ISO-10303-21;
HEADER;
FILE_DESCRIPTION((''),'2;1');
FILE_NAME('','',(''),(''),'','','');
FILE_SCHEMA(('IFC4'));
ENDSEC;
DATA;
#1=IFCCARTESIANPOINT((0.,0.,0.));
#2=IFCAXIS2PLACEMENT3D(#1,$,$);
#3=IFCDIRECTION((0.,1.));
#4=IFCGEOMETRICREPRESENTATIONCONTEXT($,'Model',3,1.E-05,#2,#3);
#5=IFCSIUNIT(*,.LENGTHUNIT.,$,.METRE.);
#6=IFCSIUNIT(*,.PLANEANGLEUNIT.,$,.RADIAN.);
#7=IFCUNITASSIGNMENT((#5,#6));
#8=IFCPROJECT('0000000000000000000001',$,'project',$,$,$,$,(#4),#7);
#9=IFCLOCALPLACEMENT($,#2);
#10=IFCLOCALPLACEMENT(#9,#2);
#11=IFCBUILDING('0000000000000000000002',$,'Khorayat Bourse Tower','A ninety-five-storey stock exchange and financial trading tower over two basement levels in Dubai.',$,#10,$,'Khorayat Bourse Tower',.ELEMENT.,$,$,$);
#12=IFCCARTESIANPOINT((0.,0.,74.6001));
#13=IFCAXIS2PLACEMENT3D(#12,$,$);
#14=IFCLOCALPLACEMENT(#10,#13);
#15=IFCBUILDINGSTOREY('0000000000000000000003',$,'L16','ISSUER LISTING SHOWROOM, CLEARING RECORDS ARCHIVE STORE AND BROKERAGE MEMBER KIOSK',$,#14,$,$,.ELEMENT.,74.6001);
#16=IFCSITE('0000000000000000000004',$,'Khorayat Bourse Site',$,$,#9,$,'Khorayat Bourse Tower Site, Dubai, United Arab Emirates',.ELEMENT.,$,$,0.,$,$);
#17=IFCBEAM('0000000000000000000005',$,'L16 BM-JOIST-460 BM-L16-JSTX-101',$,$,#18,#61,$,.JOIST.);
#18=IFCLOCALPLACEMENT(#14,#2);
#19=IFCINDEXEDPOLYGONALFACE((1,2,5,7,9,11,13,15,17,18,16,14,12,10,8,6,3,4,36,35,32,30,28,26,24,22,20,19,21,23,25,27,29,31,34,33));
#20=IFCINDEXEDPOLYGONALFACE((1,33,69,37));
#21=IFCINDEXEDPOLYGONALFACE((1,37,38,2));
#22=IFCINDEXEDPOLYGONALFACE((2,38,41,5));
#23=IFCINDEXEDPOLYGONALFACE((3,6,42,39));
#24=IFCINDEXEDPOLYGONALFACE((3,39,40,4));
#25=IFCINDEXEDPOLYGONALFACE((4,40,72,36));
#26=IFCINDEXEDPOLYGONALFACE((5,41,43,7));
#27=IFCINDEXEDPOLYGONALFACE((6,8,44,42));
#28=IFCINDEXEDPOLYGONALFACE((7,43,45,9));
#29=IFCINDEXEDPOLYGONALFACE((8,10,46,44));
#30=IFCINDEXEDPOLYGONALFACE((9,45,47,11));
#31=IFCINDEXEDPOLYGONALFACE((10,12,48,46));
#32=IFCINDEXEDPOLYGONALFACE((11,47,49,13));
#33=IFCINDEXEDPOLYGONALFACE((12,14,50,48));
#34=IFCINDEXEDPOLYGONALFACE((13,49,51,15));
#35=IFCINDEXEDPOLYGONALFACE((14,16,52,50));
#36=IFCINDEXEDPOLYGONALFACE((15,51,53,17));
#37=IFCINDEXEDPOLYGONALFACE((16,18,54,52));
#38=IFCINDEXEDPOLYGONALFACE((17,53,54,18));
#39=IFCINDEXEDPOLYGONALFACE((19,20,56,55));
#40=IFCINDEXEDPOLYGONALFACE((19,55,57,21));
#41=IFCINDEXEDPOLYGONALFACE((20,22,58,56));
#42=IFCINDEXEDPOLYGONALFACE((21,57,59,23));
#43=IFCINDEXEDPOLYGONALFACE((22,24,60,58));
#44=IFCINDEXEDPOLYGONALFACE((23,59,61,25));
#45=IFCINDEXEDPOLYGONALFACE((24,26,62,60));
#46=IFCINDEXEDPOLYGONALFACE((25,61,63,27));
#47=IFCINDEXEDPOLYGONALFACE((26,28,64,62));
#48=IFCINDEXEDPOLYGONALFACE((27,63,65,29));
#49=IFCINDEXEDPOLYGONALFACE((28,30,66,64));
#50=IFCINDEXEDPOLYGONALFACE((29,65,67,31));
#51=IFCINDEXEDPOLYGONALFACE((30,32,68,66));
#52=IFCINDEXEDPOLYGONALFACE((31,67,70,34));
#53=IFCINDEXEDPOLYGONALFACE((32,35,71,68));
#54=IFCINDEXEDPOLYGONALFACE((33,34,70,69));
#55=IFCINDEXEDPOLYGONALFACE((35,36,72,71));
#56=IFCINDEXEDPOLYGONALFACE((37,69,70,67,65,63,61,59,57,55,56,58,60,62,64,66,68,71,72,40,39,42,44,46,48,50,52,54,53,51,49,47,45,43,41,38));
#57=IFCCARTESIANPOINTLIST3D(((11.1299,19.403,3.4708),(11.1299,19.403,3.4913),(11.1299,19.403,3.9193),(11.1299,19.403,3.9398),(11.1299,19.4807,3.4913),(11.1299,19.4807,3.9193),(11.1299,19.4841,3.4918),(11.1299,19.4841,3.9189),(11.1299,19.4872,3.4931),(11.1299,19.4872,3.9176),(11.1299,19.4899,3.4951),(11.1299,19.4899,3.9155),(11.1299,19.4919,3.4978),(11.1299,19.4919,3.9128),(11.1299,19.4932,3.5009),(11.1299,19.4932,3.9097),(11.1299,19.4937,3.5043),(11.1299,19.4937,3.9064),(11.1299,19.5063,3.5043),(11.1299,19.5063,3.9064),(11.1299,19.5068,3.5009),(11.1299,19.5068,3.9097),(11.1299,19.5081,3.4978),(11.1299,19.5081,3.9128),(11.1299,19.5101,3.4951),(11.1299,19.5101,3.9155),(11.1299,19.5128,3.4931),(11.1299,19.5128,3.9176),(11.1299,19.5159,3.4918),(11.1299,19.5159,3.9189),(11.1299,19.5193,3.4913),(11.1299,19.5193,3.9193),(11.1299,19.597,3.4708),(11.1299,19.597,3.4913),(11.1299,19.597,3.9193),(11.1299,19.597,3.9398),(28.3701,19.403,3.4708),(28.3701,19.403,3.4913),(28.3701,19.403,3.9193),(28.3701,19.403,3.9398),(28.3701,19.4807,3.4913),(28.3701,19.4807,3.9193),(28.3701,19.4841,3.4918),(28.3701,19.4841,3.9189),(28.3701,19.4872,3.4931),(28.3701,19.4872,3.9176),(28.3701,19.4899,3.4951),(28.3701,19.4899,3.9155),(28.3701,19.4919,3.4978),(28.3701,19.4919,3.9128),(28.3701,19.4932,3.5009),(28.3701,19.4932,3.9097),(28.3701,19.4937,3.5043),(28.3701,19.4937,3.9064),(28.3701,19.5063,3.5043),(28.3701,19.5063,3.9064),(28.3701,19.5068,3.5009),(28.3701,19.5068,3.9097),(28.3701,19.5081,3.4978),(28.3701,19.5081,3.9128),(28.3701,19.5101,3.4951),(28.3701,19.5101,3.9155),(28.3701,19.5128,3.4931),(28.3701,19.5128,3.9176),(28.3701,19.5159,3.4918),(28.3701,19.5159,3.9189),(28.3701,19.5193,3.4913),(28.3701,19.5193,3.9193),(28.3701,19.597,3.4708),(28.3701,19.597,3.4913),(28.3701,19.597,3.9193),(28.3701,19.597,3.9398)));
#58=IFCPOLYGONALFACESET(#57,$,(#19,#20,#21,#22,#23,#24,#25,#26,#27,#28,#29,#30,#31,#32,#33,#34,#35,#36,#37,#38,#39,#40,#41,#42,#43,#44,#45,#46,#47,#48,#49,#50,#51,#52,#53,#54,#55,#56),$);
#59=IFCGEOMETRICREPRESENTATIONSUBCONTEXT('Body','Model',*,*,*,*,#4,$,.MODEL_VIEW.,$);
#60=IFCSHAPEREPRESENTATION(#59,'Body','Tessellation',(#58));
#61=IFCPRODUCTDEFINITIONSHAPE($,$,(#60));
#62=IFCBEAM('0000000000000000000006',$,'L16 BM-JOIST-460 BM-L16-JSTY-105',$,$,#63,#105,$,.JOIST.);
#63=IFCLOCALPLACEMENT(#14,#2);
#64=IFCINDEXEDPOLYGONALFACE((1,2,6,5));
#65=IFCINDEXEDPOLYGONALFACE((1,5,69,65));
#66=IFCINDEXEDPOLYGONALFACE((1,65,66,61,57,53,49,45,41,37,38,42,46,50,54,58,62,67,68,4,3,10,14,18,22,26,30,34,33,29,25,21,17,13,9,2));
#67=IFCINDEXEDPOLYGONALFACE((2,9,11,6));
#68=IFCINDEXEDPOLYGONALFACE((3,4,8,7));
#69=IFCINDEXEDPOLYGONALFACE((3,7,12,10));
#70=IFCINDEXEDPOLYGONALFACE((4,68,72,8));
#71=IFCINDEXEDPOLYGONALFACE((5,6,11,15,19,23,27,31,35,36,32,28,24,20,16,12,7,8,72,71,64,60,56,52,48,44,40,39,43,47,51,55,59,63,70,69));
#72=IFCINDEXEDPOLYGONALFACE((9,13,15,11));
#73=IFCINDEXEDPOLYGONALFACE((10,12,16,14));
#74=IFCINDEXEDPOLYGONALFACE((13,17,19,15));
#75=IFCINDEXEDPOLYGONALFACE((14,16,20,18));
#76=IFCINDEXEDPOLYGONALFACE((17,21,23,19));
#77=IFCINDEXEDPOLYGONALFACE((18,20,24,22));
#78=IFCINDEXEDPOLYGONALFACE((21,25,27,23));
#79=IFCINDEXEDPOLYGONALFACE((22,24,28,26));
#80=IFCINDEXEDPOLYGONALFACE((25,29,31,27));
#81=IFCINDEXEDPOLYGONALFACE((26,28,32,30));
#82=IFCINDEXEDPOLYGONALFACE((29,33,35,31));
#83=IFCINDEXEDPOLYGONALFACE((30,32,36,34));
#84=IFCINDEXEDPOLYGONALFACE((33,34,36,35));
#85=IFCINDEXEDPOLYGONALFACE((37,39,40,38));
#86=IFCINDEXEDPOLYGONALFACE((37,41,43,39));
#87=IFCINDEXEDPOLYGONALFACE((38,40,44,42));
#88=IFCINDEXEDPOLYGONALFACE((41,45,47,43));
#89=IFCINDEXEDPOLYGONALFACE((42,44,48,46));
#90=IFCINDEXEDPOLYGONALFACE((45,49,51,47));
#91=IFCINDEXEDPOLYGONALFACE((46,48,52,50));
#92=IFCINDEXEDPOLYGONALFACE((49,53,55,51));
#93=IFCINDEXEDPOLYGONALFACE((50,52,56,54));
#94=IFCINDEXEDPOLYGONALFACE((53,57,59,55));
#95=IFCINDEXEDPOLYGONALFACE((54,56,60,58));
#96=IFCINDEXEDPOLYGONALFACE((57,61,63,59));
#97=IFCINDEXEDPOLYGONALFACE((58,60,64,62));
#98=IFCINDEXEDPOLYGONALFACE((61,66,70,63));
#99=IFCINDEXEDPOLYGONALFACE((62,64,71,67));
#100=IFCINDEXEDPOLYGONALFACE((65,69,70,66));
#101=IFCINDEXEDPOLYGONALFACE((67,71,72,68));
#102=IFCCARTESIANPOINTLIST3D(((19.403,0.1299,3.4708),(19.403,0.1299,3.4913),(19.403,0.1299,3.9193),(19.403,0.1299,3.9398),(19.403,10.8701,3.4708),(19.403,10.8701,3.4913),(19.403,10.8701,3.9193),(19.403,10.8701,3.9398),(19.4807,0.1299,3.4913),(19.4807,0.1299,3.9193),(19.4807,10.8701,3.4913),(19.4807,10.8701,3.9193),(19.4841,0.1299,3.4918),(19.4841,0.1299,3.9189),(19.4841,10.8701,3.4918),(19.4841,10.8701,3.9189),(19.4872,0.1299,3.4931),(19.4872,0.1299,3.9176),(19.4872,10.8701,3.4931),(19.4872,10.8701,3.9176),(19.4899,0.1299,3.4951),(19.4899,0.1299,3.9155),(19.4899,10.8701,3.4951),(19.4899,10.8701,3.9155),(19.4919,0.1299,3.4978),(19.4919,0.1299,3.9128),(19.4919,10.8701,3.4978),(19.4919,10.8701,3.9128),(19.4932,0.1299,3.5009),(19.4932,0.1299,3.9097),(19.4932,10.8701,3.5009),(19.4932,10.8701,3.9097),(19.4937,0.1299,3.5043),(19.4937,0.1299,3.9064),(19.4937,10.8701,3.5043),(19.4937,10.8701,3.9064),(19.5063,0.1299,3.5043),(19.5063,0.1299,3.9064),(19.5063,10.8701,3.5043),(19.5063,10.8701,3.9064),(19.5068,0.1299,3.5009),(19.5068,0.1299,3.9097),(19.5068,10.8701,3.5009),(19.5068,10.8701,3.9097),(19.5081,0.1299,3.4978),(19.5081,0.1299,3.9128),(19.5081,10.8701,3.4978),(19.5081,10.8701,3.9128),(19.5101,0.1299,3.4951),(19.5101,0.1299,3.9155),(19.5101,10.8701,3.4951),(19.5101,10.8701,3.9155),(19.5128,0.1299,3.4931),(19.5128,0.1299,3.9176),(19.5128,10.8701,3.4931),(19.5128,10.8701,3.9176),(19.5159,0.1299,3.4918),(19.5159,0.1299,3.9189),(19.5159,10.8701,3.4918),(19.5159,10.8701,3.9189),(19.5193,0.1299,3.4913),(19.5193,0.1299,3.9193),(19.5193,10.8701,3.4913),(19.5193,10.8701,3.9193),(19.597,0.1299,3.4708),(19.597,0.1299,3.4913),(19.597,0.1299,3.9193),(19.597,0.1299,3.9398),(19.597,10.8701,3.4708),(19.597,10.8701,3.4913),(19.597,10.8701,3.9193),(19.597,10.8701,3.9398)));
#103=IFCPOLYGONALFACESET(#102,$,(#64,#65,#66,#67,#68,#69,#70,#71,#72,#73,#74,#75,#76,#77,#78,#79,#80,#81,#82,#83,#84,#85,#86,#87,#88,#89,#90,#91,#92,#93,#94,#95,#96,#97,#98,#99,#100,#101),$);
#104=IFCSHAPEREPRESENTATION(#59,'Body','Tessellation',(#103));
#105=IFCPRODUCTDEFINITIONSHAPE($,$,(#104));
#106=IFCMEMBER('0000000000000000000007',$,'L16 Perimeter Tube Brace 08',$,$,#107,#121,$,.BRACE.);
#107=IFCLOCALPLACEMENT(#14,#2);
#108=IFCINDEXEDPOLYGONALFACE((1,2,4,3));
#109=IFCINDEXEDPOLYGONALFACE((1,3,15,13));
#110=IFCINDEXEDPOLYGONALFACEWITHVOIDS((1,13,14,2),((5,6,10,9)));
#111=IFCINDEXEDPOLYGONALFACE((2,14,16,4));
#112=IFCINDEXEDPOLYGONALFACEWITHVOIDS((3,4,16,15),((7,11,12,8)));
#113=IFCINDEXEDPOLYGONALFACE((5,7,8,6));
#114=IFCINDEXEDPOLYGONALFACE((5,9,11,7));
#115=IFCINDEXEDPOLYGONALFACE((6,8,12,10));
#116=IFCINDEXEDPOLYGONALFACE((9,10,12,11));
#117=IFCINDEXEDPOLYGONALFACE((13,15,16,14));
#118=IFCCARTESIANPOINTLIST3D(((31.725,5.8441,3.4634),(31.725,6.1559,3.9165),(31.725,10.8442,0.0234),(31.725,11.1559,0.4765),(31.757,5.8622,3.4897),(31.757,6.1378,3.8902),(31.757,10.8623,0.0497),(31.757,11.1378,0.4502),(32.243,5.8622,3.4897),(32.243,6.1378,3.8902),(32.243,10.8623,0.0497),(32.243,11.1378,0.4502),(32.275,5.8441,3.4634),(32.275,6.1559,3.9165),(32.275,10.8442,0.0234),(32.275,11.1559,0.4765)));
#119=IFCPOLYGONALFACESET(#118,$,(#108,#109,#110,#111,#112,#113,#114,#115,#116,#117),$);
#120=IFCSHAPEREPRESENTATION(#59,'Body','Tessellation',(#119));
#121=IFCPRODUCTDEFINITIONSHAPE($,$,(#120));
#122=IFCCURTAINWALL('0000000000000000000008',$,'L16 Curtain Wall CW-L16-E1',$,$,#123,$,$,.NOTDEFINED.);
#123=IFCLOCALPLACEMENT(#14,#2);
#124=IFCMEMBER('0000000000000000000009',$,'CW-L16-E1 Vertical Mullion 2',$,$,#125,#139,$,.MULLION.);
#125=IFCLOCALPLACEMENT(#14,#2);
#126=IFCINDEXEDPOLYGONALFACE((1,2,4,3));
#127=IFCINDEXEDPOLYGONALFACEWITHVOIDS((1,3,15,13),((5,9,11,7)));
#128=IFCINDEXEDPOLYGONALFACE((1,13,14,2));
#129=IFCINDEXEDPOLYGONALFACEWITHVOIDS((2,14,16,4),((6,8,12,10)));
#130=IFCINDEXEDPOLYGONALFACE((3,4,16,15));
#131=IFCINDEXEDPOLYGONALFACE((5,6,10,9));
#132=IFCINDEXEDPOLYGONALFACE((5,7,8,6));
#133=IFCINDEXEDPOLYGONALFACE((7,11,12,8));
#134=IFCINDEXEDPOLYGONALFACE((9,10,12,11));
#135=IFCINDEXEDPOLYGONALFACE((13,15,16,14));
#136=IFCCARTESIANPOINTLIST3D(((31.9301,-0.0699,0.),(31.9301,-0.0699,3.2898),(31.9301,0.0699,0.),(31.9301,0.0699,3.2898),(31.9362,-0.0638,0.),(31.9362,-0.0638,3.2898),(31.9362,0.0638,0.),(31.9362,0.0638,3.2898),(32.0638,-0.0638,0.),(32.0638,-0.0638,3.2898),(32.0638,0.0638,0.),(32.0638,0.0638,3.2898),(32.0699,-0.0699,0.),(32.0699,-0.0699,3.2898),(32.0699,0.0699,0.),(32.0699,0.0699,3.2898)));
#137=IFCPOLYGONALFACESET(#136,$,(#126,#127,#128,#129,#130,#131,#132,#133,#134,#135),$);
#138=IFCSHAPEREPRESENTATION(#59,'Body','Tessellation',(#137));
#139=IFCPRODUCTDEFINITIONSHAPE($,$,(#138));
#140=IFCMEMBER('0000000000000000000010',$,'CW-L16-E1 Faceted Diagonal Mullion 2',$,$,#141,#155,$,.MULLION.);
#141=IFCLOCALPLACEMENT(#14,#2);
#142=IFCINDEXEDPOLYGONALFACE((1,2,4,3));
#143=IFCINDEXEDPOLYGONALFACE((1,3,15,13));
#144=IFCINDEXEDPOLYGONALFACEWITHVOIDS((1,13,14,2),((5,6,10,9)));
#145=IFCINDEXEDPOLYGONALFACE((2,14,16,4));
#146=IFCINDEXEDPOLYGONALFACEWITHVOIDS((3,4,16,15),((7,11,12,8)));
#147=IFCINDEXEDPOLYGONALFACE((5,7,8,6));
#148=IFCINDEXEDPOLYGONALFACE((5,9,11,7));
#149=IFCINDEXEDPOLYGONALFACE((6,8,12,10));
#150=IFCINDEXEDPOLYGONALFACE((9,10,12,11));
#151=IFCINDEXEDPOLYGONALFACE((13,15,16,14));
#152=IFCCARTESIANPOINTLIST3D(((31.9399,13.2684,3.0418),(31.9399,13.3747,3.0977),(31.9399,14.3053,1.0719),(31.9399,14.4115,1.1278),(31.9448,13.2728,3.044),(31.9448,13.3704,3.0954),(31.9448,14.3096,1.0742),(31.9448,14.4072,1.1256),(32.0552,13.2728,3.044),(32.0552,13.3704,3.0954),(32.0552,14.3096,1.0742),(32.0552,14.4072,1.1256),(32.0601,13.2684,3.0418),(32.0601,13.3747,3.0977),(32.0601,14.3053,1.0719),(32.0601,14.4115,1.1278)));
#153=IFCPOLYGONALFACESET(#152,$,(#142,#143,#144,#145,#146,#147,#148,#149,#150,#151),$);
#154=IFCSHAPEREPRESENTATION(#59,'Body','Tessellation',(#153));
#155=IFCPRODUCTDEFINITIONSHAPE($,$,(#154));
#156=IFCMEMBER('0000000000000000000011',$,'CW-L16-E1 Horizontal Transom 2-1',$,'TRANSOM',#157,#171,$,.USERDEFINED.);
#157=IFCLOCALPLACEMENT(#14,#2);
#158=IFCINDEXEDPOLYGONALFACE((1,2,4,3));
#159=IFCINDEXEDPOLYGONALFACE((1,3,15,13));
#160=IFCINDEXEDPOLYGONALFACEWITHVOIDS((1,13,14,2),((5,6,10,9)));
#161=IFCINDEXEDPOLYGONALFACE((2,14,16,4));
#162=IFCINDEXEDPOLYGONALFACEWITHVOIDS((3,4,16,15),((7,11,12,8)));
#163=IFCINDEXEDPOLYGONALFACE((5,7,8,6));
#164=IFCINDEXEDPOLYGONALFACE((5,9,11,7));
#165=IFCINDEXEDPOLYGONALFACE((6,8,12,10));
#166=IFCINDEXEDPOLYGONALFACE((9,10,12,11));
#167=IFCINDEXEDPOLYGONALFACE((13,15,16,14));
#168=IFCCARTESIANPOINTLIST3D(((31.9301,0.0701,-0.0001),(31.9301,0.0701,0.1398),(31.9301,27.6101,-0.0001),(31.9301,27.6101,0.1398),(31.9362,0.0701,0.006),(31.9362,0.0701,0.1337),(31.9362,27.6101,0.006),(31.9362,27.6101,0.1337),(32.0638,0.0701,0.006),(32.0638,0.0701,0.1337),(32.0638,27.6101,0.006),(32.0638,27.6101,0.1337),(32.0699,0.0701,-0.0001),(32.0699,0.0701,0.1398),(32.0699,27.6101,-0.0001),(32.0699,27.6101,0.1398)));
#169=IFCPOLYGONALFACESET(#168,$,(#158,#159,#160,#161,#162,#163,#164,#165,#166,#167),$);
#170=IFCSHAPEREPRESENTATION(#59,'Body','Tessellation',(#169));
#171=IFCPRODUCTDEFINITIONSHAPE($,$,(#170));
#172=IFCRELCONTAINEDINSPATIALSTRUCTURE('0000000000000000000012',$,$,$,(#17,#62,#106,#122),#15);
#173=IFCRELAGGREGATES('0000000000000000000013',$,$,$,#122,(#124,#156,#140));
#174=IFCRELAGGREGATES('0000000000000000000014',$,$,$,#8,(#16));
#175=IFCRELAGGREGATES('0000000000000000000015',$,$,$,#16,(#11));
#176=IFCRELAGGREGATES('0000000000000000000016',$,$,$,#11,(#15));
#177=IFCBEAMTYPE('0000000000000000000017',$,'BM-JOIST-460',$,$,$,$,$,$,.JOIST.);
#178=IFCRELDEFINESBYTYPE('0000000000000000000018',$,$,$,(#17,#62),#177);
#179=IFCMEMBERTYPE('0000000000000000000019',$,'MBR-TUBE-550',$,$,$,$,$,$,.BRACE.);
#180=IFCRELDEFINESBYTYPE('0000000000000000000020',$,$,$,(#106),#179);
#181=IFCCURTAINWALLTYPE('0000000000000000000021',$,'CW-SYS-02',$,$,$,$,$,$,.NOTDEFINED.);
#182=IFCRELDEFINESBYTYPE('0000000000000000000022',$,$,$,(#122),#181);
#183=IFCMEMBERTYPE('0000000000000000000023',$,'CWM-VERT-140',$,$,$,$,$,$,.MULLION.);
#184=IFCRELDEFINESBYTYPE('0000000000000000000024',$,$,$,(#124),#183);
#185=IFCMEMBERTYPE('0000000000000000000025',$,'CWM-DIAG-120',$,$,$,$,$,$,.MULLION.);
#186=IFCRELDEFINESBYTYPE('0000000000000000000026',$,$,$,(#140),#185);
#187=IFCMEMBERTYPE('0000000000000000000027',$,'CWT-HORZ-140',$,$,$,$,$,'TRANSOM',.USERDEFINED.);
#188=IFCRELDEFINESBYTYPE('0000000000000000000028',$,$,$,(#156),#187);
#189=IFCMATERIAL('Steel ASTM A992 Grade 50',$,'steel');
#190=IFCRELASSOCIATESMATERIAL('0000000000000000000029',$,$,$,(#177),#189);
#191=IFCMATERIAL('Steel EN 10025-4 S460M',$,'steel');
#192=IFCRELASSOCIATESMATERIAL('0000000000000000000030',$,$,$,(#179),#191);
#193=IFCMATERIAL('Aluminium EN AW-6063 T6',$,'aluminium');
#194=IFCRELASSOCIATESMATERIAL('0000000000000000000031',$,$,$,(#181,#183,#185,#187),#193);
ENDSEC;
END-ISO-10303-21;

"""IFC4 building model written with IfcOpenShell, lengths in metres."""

from ifc_helpers import new_model, si_unit, direction, frame, origin, origin_2d, place, context, subcontext, project, spatial, hollow_rectangle, i_section, extrude, source, transform, mapped, material, material_profile, profile_set, type_object, element, aggregate, save


model = new_model("IFC4")

# Units and contexts
model_context = context("Model", 3, precision=1e-05, world=origin(), true_north=direction((0.0, 1.0)))
body_context = subcontext(model_context, "Body", "Model", "MODEL_VIEW")
ifc_project = project(units=[si_unit("LENGTHUNIT", "METRE"), si_unit("PLANEANGLEUNIT", "RADIAN")], contexts=[model_context])

# Site, building, storey
site_placement = place(None, origin())
site = spatial("IfcSite", under=ifc_project, at=site_placement, Name="Khorayat Bourse Site", LongName="Khorayat Bourse Tower Site, Dubai, United Arab Emirates", CompositionType="ELEMENT", RefElevation=0.0)
building_placement = place(site_placement, origin())
building = spatial("IfcBuilding", under=site, at=building_placement, Name="Khorayat Bourse Tower", Description="A ninety-five-storey stock exchange and financial trading tower over two basement levels in Dubai.", LongName="Khorayat Bourse Tower", CompositionType="ELEMENT")
storey_placement = place(building_placement, frame((0.0, 0.0, 74.6001)))
storey = spatial("IfcBuildingStorey", under=building, at=storey_placement, Name="L16", Description="ISSUER LISTING SHOWROOM, CLEARING RECORDS ARCHIVE STORE AND BROKERAGE MEMBER KIOSK", CompositionType="ELEMENT", Elevation=74.6001)

# Shared definitions
ifc_material_1 = material(Name="Steel EN 10025-4 S460M", Category="steel")

# Beams
ifc_material_2 = material(Name="Steel ASTM A992 Grade 50", Category="steel")
ifc_material_profile_1 = material_profile(ifc_material_2, i_section(OverallWidth=0.1941, OverallDepth=0.469, WebThickness=0.0127, FlangeThickness=0.0205, FilletRadius=0.0129, at=origin_2d()), Name="W460X106")
ifc_profile_set_1 = profile_set([ifc_material_profile_1], Name="Steel ASTM A992 Grade 50")
beam_type_1 = type_object("IfcBeamType", Name="BM-JOIST-460", PredefinedType="JOIST", material=ifc_profile_set_1)
shared_shape_1 = source(origin(), body_context, "Body", "SweptSolid", [
    extrude(i_section(OverallWidth=0.1941, OverallDepth=0.469, WebThickness=0.0127, FlangeThickness=0.0205, FilletRadius=0.0129, at=origin_2d()), origin(), (0.0, 0.0, 1.0), 17.2402),
])
beam_1_placement = place(storey_placement, frame((11.1299, 19.5, 3.7053), z_axis=(1.0, 0.0, 0.0), x_axis=(0.0, 1.0, 0.0)))
element("IfcBeam", 1, at=beam_1_placement, inside=storey, type_object=beam_type_1, Name="L16 BM-JOIST-460 BM-L16-JSTX-101", PredefinedType="JOIST", context=body_context, shape_type="MappedRepresentation", body=[
    mapped(shared_shape_1, transform((0.0, 0.0, 0.0), scale=1.0)),
])
shared_shape_2 = source(origin(), body_context, "Body", "SweptSolid", [
    extrude(i_section(OverallWidth=0.1941, OverallDepth=0.469, WebThickness=0.0127, FlangeThickness=0.0205, FilletRadius=0.0129, at=origin_2d()), origin(), (0.0, 0.0, 1.0), 10.7402),
])
beam_2_placement = place(storey_placement, frame((19.5, 0.1299, 3.7053), z_axis=(0.0, 1.0, 0.0), x_axis=(-1.0, 0.0, 0.0)))
element("IfcBeam", 2, at=beam_2_placement, inside=storey, type_object=beam_type_1, Name="L16 BM-JOIST-460 BM-L16-JSTY-105", PredefinedType="JOIST", context=body_context, shape_type="MappedRepresentation", body=[
    mapped(shared_shape_2, transform((0.0, 0.0, 0.0), scale=1.0)),
])

# Member
ifc_material_profile_2 = material_profile(ifc_material_1, hollow_rectangle(XDim=0.55, YDim=0.55, WallThickness=0.032, at=origin_2d()), Name="HSS 550x550x32")
ifc_profile_set_2 = profile_set([ifc_material_profile_2], Name="Steel EN 10025-4 S460M")
member_type_1 = type_object("IfcMemberType", Name="MBR-TUBE-550", PredefinedType="BRACE", material=ifc_profile_set_2)
shared_shape_3 = source(origin(), body_context, "Body", "SweptSolid", [
    extrude(hollow_rectangle(XDim=0.55, YDim=0.55, WallThickness=0.032, at=origin_2d()), origin(), (0.0, 0.0, 1.0), 6.0691),
])
member_1_placement = place(storey_placement, frame((32.0, 6.0, 3.6899), z_axis=(0.0, 0.823854, -0.566802), x_axis=(-1.0, 0.0, 0.0)))
element("IfcMember", 3, at=member_1_placement, inside=storey, type_object=member_type_1, Name="L16 Perimeter Tube Brace 08", PredefinedType="BRACE", context=body_context, shape_type="MappedRepresentation", body=[
    mapped(shared_shape_3, transform((0.0, 0.0, 0.0), scale=1.0)),
])

# Curtain wall, members
ifc_material_3 = material(Name="Aluminium EN AW-6063 T6", Category="aluminium")
curtain_wall_type = type_object("IfcCurtainWallType", Name="CW-SYS-02", PredefinedType="NOTDEFINED", material=ifc_material_3)
curtain_wall_placement = place(storey_placement, origin())
curtain_wall = element("IfcCurtainWall", 4, at=curtain_wall_placement, inside=storey, type_object=curtain_wall_type, Name="L16 Curtain Wall CW-L16-E1", PredefinedType="NOTDEFINED")
ifc_material_profile_3 = material_profile(ifc_material_3, hollow_rectangle(XDim=0.1399, YDim=0.1399, WallThickness=0.0061, at=origin_2d()), Name="ALU 140x140x6")
ifc_profile_set_3 = profile_set([ifc_material_profile_3], Name="Aluminium EN AW-6063 T6")
member_type_2 = type_object("IfcMemberType", Name="CWM-VERT-140", PredefinedType="MULLION", material=ifc_profile_set_3)
shared_shape_4 = source(origin(), body_context, "Body", "SweptSolid", [
    extrude(hollow_rectangle(XDim=0.1399, YDim=0.1399, WallThickness=0.0061, at=origin_2d()), origin(), (0.0, 0.0, 1.0), 3.2898),
])
member_2_placement = place(storey_placement, frame((32.0, 0.0, 0.0), z_axis=(0.0, 0.0, 1.0), x_axis=(-1.0, 0.0, 0.0)))
member_2 = element("IfcMember", 5, at=member_2_placement, type_object=member_type_2, Name="CW-L16-E1 Vertical Mullion 2", PredefinedType="MULLION", context=body_context, shape_type="MappedRepresentation", body=[
    mapped(shared_shape_4, transform((0.0, 0.0, 0.0), scale=1.0)),
])
ifc_material_profile_4 = material_profile(ifc_material_3, hollow_rectangle(XDim=0.1201, YDim=0.1201, WallThickness=0.0049, at=origin_2d()), Name="ALU 120x120x5")
ifc_profile_set_4 = profile_set([ifc_material_profile_4], Name="Aluminium EN AW-6063 T6")
member_type_3 = type_object("IfcMemberType", Name="CWM-DIAG-120", PredefinedType="MULLION", material=ifc_profile_set_4)
shared_shape_5 = source(origin(), body_context, "Body", "SweptSolid", [
    extrude(hollow_rectangle(XDim=0.1201, YDim=0.1201, WallThickness=0.0049, at=origin_2d()), origin(), (0.0, 0.0, 1.0), 2.2261),
])
member_3_placement = place(storey_placement, frame((32.0, 14.3584, 1.0999), z_axis=(0.0, -0.46576, 0.884911), x_axis=(1.0, 0.0, 0.0)))
member_3 = element("IfcMember", 6, at=member_3_placement, type_object=member_type_3, Name="CW-L16-E1 Faceted Diagonal Mullion 2", PredefinedType="MULLION", context=body_context, shape_type="MappedRepresentation", body=[
    mapped(shared_shape_5, transform((0.0, 0.0, 0.0), scale=1.0)),
])
ifc_material_profile_5 = material_profile(ifc_material_3, hollow_rectangle(XDim=0.1399, YDim=0.1399, WallThickness=0.0061, at=origin_2d()), Name="ALU 140x140x6")
ifc_profile_set_5 = profile_set([ifc_material_profile_5], Name="Aluminium EN AW-6063 T6")
member_type_4 = type_object("IfcMemberType", Name="CWT-HORZ-140", ElementType="TRANSOM", PredefinedType="USERDEFINED", material=ifc_profile_set_5)
shared_shape_6 = source(origin(), body_context, "Body", "SweptSolid", [
    extrude(hollow_rectangle(XDim=0.1399, YDim=0.1399, WallThickness=0.0061, at=origin_2d()), origin(), (0.0, 0.0, 1.0), 27.54),
])
member_4_placement = place(storey_placement, frame((32.0, 0.0701, 0.0698), z_axis=(0.0, 1.0, 0.0), x_axis=(-1.0, 0.0, 0.0)))
member_4 = element("IfcMember", 7, at=member_4_placement, type_object=member_type_4, Name="CW-L16-E1 Horizontal Transom 2-1", ObjectType="TRANSOM", PredefinedType="USERDEFINED", context=body_context, shape_type="MappedRepresentation", body=[
    mapped(shared_shape_6, transform((0.0, 0.0, 0.0), scale=1.0)),
])

aggregate(curtain_wall, [member_2, member_4, member_3])

save(model, "model.ifc")
